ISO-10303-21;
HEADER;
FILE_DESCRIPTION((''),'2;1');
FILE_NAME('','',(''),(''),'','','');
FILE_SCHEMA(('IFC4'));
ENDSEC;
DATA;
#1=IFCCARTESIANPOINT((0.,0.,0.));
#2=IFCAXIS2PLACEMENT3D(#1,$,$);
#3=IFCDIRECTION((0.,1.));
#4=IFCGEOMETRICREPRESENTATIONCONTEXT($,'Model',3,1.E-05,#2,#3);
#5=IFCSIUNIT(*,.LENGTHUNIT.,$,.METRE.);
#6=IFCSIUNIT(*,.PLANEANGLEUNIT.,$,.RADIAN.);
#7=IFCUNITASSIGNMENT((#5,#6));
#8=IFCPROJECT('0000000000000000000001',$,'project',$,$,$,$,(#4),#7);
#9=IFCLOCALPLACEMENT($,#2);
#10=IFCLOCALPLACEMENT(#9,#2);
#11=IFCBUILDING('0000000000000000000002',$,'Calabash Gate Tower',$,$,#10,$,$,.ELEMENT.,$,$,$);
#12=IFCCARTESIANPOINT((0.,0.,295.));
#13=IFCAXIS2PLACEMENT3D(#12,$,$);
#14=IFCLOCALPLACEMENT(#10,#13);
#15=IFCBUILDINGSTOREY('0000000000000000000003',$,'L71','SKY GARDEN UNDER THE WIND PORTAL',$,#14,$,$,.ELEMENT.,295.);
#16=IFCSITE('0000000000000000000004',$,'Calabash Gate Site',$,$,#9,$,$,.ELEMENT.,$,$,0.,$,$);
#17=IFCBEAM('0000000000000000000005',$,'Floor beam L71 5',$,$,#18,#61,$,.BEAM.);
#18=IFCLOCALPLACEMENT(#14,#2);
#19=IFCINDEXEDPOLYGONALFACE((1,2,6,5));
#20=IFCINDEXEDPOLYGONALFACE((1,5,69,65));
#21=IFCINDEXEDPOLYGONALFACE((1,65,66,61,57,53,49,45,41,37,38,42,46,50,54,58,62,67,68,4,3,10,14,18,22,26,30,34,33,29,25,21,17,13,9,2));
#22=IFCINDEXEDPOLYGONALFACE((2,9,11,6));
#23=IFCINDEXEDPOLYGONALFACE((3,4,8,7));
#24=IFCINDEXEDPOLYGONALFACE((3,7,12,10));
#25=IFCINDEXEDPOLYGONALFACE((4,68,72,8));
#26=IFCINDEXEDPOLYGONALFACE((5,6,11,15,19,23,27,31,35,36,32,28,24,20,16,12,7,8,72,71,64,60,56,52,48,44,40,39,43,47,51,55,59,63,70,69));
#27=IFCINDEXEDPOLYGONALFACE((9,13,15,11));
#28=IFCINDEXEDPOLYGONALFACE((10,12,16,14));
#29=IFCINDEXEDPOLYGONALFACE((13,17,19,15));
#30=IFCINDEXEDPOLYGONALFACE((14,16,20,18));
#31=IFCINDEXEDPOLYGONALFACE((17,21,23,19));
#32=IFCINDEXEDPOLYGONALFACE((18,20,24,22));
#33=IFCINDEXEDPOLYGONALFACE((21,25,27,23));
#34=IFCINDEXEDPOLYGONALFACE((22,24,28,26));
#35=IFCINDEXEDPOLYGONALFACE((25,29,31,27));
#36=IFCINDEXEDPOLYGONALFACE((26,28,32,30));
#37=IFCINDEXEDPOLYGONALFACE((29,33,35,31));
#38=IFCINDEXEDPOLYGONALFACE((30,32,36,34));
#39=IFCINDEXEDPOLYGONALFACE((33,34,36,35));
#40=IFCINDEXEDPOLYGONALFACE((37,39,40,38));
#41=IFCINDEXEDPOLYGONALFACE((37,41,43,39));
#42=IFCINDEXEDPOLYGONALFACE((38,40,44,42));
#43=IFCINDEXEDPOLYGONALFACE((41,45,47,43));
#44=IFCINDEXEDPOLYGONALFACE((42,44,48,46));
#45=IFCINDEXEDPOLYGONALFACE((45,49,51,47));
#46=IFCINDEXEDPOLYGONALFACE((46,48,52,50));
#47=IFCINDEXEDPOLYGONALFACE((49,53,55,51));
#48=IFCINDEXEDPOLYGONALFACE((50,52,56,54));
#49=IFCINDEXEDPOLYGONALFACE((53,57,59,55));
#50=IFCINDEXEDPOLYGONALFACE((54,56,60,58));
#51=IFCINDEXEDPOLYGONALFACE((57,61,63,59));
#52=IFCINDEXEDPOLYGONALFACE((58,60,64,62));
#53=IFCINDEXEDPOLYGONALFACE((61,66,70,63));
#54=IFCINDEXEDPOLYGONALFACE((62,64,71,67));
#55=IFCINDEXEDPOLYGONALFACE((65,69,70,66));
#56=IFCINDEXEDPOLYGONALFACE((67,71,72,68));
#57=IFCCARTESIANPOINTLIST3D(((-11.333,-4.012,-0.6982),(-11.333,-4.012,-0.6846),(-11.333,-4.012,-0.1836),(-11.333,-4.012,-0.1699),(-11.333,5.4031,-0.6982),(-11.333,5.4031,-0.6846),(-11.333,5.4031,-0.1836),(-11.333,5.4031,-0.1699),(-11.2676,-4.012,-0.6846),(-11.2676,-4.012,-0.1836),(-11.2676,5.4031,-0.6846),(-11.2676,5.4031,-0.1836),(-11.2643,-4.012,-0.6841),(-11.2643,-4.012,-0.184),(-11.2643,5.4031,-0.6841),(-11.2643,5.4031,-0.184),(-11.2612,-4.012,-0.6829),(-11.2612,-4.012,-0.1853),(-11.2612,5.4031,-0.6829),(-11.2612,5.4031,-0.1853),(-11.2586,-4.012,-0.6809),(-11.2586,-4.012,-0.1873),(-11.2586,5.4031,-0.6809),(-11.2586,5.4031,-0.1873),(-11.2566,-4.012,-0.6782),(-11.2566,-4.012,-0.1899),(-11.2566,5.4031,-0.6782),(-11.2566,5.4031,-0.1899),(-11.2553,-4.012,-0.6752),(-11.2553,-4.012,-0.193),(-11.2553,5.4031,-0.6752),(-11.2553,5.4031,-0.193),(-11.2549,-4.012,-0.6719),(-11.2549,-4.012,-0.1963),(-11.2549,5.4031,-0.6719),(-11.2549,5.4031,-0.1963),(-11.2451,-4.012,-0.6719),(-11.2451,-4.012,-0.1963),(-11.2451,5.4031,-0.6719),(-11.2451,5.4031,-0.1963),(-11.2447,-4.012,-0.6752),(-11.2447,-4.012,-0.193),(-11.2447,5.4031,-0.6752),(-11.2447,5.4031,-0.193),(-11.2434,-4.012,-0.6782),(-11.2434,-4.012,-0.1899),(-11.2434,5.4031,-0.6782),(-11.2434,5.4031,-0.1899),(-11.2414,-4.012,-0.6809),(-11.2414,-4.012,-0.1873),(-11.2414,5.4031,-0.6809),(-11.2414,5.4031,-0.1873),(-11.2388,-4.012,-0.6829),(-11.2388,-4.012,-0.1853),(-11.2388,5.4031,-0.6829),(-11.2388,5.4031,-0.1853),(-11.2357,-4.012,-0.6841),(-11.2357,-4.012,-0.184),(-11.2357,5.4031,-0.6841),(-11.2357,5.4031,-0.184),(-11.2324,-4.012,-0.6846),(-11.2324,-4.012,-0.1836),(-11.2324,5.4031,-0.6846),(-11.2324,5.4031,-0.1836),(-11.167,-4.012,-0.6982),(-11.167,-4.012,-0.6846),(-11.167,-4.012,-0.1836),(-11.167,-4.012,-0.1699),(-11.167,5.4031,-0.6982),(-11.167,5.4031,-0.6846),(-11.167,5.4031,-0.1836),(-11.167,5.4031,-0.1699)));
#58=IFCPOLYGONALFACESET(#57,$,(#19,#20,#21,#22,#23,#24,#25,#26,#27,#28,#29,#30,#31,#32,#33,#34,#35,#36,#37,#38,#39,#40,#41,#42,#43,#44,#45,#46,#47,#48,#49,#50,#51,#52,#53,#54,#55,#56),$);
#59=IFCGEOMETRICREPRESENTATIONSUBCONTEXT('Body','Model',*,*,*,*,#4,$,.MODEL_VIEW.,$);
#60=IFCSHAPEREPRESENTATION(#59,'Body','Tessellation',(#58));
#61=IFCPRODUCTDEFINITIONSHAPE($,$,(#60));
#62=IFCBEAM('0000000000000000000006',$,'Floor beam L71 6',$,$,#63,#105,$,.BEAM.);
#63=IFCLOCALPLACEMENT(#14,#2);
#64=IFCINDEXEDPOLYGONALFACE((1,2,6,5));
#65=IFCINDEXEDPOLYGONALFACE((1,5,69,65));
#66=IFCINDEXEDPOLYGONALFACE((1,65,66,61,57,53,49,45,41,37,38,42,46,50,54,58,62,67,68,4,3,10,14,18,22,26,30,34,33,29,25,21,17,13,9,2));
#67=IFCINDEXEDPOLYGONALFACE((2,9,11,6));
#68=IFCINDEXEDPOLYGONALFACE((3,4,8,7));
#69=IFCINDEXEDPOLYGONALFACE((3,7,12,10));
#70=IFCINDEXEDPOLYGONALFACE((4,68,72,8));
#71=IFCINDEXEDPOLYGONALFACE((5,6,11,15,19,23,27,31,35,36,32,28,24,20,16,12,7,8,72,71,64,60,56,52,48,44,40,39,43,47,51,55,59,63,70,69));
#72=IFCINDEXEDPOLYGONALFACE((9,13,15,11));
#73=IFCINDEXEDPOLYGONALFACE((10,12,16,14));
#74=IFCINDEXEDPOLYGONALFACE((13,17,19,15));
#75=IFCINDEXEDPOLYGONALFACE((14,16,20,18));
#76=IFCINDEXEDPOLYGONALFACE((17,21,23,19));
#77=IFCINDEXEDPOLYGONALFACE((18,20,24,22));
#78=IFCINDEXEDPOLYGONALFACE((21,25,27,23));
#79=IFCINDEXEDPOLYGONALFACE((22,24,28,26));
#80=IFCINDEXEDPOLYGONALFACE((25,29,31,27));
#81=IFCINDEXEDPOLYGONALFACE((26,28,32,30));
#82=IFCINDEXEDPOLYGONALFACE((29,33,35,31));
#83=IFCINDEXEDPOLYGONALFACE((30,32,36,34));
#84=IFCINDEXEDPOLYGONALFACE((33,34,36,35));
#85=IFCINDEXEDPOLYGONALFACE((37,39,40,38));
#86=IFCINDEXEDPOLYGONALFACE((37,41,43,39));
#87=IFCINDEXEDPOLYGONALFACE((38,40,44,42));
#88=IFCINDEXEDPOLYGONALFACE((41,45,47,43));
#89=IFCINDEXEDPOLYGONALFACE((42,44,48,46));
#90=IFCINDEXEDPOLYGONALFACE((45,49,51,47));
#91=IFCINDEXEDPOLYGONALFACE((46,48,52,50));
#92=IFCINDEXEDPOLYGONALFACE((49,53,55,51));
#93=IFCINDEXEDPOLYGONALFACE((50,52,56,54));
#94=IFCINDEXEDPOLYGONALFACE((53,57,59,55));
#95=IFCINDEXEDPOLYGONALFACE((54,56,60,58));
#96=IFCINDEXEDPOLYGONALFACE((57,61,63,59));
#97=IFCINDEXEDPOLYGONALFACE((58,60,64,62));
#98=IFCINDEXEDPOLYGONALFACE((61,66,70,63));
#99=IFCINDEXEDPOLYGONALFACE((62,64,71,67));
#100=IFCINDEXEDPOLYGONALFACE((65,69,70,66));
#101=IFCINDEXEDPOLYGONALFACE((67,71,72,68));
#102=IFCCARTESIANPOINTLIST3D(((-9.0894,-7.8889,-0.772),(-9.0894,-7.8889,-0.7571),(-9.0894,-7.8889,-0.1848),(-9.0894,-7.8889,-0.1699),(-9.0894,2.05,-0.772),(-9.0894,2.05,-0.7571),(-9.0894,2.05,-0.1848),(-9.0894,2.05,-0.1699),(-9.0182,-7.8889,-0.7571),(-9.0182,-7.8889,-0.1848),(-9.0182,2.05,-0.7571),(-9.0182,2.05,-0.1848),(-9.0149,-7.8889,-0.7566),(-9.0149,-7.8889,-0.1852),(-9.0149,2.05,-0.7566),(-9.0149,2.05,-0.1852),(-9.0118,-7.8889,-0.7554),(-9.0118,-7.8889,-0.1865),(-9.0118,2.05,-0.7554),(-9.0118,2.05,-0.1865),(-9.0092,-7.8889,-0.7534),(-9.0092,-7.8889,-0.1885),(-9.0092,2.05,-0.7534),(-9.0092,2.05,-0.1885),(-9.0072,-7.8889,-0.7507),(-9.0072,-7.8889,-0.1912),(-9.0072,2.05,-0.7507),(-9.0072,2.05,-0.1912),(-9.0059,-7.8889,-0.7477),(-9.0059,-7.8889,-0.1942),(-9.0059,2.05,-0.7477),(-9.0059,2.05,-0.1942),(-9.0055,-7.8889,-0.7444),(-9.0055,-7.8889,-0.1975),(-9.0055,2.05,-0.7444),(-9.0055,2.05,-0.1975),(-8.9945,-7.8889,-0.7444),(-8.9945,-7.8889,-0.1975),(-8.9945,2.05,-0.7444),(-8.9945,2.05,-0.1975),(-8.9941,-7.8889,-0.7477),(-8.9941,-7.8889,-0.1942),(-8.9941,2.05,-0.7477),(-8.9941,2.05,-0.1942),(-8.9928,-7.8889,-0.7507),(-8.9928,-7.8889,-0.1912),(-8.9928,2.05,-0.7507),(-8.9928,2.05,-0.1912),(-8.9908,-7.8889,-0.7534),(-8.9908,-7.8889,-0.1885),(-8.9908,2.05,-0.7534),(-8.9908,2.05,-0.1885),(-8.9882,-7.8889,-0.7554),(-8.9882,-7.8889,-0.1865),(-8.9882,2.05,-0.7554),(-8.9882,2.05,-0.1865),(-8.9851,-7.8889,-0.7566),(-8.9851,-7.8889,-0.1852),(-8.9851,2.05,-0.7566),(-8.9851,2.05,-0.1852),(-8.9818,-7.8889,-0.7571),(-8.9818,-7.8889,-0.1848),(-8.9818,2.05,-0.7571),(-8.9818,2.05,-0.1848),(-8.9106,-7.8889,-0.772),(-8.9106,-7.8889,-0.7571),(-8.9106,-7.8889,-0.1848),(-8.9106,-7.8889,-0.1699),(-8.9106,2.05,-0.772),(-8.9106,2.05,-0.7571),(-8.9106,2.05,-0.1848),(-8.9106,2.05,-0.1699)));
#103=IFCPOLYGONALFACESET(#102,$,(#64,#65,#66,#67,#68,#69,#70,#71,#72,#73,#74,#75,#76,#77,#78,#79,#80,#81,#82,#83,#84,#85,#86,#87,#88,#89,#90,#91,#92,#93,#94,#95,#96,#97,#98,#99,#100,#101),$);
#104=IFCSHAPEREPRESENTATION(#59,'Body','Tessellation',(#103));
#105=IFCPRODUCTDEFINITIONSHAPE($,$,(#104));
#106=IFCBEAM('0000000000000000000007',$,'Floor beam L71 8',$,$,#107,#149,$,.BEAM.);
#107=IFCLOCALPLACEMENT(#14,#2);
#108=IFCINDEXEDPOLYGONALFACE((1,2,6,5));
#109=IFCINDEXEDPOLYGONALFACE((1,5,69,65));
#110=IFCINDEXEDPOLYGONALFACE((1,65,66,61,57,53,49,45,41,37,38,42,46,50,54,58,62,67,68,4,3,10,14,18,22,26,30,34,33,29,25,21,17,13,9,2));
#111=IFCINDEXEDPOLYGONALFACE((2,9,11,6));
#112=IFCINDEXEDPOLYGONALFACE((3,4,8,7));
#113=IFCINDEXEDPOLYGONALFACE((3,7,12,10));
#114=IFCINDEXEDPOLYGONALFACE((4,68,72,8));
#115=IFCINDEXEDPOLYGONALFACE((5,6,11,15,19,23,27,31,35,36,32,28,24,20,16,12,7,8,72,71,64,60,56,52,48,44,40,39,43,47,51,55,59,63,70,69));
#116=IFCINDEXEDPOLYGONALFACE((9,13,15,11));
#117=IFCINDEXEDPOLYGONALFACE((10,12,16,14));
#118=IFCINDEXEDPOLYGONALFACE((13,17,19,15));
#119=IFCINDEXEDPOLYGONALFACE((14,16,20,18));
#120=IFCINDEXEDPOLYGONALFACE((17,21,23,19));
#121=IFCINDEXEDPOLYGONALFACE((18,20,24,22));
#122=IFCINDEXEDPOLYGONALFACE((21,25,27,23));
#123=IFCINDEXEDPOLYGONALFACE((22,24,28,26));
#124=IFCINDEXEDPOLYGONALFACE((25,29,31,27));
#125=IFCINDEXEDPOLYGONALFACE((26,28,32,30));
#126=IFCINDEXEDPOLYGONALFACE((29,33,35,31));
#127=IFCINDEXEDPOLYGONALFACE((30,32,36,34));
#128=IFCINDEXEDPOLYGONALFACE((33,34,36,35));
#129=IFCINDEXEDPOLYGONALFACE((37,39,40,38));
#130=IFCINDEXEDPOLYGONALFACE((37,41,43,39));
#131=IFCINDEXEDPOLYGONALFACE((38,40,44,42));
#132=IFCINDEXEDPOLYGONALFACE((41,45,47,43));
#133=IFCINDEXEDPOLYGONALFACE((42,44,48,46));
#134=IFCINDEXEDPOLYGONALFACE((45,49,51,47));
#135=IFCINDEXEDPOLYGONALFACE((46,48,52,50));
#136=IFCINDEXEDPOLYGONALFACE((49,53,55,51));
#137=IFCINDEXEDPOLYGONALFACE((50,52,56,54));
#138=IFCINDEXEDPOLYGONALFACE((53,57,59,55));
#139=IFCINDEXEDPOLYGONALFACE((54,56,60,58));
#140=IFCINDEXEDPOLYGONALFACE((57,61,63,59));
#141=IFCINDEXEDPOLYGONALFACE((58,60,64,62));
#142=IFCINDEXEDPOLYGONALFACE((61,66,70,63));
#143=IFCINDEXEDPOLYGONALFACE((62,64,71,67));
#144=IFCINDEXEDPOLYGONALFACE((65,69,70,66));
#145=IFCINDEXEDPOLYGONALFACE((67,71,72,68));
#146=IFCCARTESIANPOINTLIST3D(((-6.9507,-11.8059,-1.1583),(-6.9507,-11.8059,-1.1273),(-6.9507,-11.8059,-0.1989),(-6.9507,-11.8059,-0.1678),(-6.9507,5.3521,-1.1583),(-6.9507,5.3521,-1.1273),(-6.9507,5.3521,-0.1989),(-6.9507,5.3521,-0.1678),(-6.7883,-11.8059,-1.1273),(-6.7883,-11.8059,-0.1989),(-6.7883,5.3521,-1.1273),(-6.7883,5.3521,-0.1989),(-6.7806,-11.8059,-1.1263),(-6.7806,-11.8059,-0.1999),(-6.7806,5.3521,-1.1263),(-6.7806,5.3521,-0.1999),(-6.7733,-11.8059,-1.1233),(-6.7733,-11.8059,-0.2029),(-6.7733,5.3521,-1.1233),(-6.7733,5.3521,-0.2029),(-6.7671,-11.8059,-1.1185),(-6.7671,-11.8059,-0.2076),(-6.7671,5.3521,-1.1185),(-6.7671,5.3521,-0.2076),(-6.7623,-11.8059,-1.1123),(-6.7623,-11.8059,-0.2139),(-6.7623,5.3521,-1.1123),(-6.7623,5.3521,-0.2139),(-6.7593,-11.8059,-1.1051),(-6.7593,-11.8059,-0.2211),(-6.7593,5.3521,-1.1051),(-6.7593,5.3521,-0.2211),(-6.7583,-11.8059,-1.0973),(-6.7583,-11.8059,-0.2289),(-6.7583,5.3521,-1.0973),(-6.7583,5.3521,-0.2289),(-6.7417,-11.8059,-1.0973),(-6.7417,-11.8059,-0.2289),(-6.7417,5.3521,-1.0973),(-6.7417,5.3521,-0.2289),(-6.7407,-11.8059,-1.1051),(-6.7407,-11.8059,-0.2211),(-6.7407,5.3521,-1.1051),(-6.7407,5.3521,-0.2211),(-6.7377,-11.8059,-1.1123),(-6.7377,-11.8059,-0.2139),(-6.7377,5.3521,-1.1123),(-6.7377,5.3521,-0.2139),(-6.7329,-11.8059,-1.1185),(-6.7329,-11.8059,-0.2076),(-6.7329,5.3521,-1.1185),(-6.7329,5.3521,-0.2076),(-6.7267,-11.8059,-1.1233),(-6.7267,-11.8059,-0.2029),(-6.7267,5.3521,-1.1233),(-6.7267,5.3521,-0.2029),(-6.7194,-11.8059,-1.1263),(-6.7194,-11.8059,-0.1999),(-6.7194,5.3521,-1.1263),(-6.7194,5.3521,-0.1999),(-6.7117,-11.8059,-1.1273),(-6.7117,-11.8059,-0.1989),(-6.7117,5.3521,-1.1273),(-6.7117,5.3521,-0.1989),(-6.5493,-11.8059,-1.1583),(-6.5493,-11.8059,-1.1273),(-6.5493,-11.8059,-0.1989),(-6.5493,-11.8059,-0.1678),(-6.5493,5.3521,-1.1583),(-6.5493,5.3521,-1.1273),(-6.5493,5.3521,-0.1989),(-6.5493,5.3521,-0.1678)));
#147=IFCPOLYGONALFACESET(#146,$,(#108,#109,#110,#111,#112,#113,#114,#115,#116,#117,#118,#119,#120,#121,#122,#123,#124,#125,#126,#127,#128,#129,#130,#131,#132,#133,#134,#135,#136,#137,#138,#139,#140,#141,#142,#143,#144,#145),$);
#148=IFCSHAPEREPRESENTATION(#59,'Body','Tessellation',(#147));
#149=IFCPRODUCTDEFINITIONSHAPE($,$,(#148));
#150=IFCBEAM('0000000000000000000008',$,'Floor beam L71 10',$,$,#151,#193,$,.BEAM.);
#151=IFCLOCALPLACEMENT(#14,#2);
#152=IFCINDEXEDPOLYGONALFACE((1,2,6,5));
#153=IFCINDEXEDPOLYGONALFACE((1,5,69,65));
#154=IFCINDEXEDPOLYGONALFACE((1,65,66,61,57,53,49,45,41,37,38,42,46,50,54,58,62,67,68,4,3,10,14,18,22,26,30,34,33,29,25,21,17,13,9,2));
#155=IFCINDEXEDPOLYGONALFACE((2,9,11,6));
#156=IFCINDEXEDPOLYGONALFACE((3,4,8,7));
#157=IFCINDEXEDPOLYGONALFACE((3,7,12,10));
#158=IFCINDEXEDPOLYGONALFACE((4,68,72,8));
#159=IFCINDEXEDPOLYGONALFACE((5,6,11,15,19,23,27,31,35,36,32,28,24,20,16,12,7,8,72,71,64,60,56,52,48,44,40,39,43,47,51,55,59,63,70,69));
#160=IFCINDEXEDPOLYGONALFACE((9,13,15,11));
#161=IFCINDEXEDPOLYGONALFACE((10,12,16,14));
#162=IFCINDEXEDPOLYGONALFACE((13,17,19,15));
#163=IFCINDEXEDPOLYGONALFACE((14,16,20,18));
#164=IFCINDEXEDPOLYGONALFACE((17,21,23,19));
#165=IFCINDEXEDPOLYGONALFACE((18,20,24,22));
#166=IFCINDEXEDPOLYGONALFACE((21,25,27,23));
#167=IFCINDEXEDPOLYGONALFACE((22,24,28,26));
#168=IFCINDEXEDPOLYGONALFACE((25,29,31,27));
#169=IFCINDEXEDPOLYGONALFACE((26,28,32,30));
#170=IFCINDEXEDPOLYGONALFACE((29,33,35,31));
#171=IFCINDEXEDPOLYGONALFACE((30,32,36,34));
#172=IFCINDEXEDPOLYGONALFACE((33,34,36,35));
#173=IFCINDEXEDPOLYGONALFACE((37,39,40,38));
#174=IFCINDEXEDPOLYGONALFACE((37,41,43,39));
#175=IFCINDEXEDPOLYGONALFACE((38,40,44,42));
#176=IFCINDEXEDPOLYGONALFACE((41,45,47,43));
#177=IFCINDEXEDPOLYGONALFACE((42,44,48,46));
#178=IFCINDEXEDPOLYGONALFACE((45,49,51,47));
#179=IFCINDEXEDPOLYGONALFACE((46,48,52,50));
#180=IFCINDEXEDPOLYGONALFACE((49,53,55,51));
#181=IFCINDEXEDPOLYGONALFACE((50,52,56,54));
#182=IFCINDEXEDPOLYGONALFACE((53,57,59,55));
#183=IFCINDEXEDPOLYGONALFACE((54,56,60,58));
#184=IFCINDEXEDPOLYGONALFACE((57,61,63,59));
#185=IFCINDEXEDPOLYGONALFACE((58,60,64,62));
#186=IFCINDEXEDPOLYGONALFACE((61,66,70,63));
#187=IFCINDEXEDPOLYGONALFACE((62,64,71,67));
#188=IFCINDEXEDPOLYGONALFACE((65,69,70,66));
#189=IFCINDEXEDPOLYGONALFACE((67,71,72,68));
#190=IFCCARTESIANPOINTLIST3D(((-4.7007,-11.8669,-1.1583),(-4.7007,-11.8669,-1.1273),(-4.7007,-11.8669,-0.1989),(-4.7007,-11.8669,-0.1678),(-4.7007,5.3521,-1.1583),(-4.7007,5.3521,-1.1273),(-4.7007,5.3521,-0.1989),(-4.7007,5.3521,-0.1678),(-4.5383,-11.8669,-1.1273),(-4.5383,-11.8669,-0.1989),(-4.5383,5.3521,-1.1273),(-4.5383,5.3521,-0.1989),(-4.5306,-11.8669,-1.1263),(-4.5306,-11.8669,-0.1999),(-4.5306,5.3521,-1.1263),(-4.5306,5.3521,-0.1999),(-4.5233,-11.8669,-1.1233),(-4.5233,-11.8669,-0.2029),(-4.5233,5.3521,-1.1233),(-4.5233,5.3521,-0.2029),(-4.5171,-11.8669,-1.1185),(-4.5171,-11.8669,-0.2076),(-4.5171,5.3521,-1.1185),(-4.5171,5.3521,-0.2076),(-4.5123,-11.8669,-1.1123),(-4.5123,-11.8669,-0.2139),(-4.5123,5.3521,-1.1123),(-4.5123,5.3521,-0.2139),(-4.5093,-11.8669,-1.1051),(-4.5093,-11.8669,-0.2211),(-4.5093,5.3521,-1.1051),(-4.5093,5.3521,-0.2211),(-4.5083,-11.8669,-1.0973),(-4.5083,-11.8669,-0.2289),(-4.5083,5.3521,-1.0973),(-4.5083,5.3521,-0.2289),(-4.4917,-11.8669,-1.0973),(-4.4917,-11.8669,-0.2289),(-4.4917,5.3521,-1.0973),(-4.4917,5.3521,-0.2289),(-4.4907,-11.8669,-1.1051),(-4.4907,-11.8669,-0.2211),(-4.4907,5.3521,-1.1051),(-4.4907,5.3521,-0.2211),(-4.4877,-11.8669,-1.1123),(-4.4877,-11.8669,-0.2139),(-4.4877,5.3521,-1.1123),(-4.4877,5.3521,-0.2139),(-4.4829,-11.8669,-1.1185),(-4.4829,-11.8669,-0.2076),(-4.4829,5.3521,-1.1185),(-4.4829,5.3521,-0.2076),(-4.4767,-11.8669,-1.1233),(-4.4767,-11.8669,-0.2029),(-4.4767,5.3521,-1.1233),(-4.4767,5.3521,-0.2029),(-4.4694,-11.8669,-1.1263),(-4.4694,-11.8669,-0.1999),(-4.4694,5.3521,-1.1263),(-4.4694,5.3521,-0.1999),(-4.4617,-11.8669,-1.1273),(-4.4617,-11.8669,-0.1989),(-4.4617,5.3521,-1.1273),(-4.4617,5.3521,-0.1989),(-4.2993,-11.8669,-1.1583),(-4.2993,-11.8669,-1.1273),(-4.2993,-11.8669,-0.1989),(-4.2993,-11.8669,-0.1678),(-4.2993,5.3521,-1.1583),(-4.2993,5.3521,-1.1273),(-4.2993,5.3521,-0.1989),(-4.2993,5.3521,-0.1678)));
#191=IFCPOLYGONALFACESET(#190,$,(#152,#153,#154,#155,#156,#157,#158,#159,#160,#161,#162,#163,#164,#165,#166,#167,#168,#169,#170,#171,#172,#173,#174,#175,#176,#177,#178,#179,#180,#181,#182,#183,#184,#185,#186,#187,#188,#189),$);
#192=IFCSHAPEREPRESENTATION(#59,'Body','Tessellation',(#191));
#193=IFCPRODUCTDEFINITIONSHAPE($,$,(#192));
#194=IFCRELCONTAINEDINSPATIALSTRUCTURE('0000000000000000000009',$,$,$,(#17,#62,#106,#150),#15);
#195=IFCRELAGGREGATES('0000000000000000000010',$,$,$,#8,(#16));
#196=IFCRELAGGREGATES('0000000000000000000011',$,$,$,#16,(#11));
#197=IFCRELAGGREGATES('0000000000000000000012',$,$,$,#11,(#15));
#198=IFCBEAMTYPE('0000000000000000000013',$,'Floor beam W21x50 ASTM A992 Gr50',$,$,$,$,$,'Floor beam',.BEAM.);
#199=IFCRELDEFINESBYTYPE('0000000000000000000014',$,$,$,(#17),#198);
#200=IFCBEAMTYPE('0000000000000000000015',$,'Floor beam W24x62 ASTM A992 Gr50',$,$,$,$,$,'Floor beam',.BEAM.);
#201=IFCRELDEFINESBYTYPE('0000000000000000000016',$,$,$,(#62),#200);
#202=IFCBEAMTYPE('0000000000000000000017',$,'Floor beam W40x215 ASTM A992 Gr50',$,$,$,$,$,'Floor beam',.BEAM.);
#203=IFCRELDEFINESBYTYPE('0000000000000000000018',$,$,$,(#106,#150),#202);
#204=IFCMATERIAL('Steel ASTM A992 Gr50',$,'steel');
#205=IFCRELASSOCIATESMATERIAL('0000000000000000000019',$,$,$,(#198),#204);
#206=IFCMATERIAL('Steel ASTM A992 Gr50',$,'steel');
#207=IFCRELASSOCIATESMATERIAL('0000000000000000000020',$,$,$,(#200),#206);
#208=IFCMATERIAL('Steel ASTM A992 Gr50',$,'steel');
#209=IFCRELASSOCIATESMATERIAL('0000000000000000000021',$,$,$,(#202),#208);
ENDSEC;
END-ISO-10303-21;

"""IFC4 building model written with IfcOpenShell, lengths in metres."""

from ifc_helpers import new_model, si_unit, direction, frame, origin, origin_2d, place, context, subcontext, project, spatial, i_section, extrude, material, material_profile, profile_set, type_object, element, save


model = new_model("IFC4")

# Units and contexts
model_context = context("Model", 3, precision=1e-05, world=origin(), true_north=direction((0.0, 1.0)))
body_context = subcontext(model_context, "Body", "Model", "MODEL_VIEW")
ifc_project = project(units=[si_unit("LENGTHUNIT", "METRE"), si_unit("PLANEANGLEUNIT", "RADIAN")], contexts=[model_context])

# Site, building, storey
site_placement = place(None, origin())
site = spatial("IfcSite", under=ifc_project, at=site_placement, Name="Calabash Gate Site", CompositionType="ELEMENT", RefElevation=0.0)
building_placement = place(site_placement, origin())
building = spatial("IfcBuilding", under=site, at=building_placement, Name="Calabash Gate Tower", CompositionType="ELEMENT")
storey_placement = place(building_placement, frame((0.0, 0.0, 295.0)))
storey = spatial("IfcBuildingStorey", under=building, at=storey_placement, Name="L71", Description="SKY GARDEN UNDER THE WIND PORTAL", CompositionType="ELEMENT", Elevation=295.0)

# Beams
ifc_material_1 = material(Name="Steel ASTM A992 Gr50", Category="steel")
ifc_material_profile_1 = material_profile(ifc_material_1, i_section(OverallWidth=0.166, OverallDepth=0.5283, WebThickness=0.0098, FlangeThickness=0.0137, FilletRadius=0.0127, at=origin_2d()))
ifc_profile_set_1 = profile_set([ifc_material_profile_1], Name="Steel ASTM A992 Gr50")
beam_type_1 = type_object("IfcBeamType", Name="Floor beam W21x50 ASTM A992 Gr50", ElementType="Floor beam", PredefinedType="BEAM", material=ifc_profile_set_1)
beam_1_placement = place(storey_placement, frame((-11.25, -4.012, -0.4341), z_axis=(0.0, 1.0, 0.0), x_axis=(-1.0, 0.0, 0.0)))
element("IfcBeam", 1, at=beam_1_placement, inside=storey, type_object=beam_type_1, Name="Floor beam L71 5", PredefinedType="BEAM", context=body_context, shape_type="SweptSolid", body=[
    extrude(i_section(OverallWidth=0.166, OverallDepth=0.5283, WebThickness=0.0098, FlangeThickness=0.0137, FilletRadius=0.0127, at=origin_2d()), origin(), (0.0, 0.0, 1.0), 9.415),
])
ifc_material_2 = material(Name="Steel ASTM A992 Gr50", Category="steel")
ifc_material_profile_2 = material_profile(ifc_material_2, i_section(OverallWidth=0.1787, OverallDepth=0.6021, WebThickness=0.011, FlangeThickness=0.0149, FilletRadius=0.0127, at=origin_2d()))
ifc_profile_set_2 = profile_set([ifc_material_profile_2], Name="Steel ASTM A992 Gr50")
beam_type_2 = type_object("IfcBeamType", Name="Floor beam W24x62 ASTM A992 Gr50", ElementType="Floor beam", PredefinedType="BEAM", material=ifc_profile_set_2)
beam_2_placement = place(storey_placement, frame((-9.0, -7.8889, -0.4709), z_axis=(0.0, 1.0, 0.0), x_axis=(-1.0, 0.0, 0.0)))
element("IfcBeam", 2, at=beam_2_placement, inside=storey, type_object=beam_type_2, Name="Floor beam L71 6", PredefinedType="BEAM", context=body_context, shape_type="SweptSolid", body=[
    extrude(i_section(OverallWidth=0.1787, OverallDepth=0.6021, WebThickness=0.011, FlangeThickness=0.0149, FilletRadius=0.0127, at=origin_2d()), origin(), (0.0, 0.0, 1.0), 9.939),
])
ifc_material_3 = material(Name="Steel ASTM A992 Gr50", Category="steel")
ifc_material_profile_3 = material_profile(ifc_material_3, i_section(OverallWidth=0.4014, OverallDepth=0.9905, WebThickness=0.0166, FlangeThickness=0.031, FilletRadius=0.03, at=origin_2d()))
ifc_profile_set_3 = profile_set([ifc_material_profile_3], Name="Steel ASTM A992 Gr50")
beam_type_3 = type_object("IfcBeamType", Name="Floor beam W40x215 ASTM A992 Gr50", ElementType="Floor beam", PredefinedType="BEAM", material=ifc_profile_set_3)
beam_3_placement = place(storey_placement, frame((-6.75, -11.8059, -0.6631), z_axis=(0.0, 1.0, 0.0), x_axis=(-1.0, 0.0, 0.0)))
element("IfcBeam", 3, at=beam_3_placement, inside=storey, type_object=beam_type_3, Name="Floor beam L71 8", PredefinedType="BEAM", context=body_context, shape_type="SweptSolid", body=[
    extrude(i_section(OverallWidth=0.4014, OverallDepth=0.9905, WebThickness=0.0166, FlangeThickness=0.031, FilletRadius=0.03, at=origin_2d()), origin(), (0.0, 0.0, 1.0), 17.158),
])
for number, where, z_axis, x_axis, name in (
    (4, (-4.5, -11.8669, -0.6631), (0.0, 1.0, 0.0), (-1.0, 0.0, 0.0), "Floor beam L71 10"),
):
    element("IfcBeam", number, at=place(storey_placement, frame(where, z_axis=z_axis, x_axis=x_axis)), inside=storey, type_object=beam_type_3, Name=name, PredefinedType="BEAM", context=body_context, shape_type="SweptSolid", body=[
        extrude(i_section(OverallWidth=0.4014, OverallDepth=0.9905, WebThickness=0.0166, FlangeThickness=0.031, FilletRadius=0.03, at=origin_2d()), origin(), (0.0, 0.0, 1.0), 17.219),
    ])

save(model, "model.ifc")
